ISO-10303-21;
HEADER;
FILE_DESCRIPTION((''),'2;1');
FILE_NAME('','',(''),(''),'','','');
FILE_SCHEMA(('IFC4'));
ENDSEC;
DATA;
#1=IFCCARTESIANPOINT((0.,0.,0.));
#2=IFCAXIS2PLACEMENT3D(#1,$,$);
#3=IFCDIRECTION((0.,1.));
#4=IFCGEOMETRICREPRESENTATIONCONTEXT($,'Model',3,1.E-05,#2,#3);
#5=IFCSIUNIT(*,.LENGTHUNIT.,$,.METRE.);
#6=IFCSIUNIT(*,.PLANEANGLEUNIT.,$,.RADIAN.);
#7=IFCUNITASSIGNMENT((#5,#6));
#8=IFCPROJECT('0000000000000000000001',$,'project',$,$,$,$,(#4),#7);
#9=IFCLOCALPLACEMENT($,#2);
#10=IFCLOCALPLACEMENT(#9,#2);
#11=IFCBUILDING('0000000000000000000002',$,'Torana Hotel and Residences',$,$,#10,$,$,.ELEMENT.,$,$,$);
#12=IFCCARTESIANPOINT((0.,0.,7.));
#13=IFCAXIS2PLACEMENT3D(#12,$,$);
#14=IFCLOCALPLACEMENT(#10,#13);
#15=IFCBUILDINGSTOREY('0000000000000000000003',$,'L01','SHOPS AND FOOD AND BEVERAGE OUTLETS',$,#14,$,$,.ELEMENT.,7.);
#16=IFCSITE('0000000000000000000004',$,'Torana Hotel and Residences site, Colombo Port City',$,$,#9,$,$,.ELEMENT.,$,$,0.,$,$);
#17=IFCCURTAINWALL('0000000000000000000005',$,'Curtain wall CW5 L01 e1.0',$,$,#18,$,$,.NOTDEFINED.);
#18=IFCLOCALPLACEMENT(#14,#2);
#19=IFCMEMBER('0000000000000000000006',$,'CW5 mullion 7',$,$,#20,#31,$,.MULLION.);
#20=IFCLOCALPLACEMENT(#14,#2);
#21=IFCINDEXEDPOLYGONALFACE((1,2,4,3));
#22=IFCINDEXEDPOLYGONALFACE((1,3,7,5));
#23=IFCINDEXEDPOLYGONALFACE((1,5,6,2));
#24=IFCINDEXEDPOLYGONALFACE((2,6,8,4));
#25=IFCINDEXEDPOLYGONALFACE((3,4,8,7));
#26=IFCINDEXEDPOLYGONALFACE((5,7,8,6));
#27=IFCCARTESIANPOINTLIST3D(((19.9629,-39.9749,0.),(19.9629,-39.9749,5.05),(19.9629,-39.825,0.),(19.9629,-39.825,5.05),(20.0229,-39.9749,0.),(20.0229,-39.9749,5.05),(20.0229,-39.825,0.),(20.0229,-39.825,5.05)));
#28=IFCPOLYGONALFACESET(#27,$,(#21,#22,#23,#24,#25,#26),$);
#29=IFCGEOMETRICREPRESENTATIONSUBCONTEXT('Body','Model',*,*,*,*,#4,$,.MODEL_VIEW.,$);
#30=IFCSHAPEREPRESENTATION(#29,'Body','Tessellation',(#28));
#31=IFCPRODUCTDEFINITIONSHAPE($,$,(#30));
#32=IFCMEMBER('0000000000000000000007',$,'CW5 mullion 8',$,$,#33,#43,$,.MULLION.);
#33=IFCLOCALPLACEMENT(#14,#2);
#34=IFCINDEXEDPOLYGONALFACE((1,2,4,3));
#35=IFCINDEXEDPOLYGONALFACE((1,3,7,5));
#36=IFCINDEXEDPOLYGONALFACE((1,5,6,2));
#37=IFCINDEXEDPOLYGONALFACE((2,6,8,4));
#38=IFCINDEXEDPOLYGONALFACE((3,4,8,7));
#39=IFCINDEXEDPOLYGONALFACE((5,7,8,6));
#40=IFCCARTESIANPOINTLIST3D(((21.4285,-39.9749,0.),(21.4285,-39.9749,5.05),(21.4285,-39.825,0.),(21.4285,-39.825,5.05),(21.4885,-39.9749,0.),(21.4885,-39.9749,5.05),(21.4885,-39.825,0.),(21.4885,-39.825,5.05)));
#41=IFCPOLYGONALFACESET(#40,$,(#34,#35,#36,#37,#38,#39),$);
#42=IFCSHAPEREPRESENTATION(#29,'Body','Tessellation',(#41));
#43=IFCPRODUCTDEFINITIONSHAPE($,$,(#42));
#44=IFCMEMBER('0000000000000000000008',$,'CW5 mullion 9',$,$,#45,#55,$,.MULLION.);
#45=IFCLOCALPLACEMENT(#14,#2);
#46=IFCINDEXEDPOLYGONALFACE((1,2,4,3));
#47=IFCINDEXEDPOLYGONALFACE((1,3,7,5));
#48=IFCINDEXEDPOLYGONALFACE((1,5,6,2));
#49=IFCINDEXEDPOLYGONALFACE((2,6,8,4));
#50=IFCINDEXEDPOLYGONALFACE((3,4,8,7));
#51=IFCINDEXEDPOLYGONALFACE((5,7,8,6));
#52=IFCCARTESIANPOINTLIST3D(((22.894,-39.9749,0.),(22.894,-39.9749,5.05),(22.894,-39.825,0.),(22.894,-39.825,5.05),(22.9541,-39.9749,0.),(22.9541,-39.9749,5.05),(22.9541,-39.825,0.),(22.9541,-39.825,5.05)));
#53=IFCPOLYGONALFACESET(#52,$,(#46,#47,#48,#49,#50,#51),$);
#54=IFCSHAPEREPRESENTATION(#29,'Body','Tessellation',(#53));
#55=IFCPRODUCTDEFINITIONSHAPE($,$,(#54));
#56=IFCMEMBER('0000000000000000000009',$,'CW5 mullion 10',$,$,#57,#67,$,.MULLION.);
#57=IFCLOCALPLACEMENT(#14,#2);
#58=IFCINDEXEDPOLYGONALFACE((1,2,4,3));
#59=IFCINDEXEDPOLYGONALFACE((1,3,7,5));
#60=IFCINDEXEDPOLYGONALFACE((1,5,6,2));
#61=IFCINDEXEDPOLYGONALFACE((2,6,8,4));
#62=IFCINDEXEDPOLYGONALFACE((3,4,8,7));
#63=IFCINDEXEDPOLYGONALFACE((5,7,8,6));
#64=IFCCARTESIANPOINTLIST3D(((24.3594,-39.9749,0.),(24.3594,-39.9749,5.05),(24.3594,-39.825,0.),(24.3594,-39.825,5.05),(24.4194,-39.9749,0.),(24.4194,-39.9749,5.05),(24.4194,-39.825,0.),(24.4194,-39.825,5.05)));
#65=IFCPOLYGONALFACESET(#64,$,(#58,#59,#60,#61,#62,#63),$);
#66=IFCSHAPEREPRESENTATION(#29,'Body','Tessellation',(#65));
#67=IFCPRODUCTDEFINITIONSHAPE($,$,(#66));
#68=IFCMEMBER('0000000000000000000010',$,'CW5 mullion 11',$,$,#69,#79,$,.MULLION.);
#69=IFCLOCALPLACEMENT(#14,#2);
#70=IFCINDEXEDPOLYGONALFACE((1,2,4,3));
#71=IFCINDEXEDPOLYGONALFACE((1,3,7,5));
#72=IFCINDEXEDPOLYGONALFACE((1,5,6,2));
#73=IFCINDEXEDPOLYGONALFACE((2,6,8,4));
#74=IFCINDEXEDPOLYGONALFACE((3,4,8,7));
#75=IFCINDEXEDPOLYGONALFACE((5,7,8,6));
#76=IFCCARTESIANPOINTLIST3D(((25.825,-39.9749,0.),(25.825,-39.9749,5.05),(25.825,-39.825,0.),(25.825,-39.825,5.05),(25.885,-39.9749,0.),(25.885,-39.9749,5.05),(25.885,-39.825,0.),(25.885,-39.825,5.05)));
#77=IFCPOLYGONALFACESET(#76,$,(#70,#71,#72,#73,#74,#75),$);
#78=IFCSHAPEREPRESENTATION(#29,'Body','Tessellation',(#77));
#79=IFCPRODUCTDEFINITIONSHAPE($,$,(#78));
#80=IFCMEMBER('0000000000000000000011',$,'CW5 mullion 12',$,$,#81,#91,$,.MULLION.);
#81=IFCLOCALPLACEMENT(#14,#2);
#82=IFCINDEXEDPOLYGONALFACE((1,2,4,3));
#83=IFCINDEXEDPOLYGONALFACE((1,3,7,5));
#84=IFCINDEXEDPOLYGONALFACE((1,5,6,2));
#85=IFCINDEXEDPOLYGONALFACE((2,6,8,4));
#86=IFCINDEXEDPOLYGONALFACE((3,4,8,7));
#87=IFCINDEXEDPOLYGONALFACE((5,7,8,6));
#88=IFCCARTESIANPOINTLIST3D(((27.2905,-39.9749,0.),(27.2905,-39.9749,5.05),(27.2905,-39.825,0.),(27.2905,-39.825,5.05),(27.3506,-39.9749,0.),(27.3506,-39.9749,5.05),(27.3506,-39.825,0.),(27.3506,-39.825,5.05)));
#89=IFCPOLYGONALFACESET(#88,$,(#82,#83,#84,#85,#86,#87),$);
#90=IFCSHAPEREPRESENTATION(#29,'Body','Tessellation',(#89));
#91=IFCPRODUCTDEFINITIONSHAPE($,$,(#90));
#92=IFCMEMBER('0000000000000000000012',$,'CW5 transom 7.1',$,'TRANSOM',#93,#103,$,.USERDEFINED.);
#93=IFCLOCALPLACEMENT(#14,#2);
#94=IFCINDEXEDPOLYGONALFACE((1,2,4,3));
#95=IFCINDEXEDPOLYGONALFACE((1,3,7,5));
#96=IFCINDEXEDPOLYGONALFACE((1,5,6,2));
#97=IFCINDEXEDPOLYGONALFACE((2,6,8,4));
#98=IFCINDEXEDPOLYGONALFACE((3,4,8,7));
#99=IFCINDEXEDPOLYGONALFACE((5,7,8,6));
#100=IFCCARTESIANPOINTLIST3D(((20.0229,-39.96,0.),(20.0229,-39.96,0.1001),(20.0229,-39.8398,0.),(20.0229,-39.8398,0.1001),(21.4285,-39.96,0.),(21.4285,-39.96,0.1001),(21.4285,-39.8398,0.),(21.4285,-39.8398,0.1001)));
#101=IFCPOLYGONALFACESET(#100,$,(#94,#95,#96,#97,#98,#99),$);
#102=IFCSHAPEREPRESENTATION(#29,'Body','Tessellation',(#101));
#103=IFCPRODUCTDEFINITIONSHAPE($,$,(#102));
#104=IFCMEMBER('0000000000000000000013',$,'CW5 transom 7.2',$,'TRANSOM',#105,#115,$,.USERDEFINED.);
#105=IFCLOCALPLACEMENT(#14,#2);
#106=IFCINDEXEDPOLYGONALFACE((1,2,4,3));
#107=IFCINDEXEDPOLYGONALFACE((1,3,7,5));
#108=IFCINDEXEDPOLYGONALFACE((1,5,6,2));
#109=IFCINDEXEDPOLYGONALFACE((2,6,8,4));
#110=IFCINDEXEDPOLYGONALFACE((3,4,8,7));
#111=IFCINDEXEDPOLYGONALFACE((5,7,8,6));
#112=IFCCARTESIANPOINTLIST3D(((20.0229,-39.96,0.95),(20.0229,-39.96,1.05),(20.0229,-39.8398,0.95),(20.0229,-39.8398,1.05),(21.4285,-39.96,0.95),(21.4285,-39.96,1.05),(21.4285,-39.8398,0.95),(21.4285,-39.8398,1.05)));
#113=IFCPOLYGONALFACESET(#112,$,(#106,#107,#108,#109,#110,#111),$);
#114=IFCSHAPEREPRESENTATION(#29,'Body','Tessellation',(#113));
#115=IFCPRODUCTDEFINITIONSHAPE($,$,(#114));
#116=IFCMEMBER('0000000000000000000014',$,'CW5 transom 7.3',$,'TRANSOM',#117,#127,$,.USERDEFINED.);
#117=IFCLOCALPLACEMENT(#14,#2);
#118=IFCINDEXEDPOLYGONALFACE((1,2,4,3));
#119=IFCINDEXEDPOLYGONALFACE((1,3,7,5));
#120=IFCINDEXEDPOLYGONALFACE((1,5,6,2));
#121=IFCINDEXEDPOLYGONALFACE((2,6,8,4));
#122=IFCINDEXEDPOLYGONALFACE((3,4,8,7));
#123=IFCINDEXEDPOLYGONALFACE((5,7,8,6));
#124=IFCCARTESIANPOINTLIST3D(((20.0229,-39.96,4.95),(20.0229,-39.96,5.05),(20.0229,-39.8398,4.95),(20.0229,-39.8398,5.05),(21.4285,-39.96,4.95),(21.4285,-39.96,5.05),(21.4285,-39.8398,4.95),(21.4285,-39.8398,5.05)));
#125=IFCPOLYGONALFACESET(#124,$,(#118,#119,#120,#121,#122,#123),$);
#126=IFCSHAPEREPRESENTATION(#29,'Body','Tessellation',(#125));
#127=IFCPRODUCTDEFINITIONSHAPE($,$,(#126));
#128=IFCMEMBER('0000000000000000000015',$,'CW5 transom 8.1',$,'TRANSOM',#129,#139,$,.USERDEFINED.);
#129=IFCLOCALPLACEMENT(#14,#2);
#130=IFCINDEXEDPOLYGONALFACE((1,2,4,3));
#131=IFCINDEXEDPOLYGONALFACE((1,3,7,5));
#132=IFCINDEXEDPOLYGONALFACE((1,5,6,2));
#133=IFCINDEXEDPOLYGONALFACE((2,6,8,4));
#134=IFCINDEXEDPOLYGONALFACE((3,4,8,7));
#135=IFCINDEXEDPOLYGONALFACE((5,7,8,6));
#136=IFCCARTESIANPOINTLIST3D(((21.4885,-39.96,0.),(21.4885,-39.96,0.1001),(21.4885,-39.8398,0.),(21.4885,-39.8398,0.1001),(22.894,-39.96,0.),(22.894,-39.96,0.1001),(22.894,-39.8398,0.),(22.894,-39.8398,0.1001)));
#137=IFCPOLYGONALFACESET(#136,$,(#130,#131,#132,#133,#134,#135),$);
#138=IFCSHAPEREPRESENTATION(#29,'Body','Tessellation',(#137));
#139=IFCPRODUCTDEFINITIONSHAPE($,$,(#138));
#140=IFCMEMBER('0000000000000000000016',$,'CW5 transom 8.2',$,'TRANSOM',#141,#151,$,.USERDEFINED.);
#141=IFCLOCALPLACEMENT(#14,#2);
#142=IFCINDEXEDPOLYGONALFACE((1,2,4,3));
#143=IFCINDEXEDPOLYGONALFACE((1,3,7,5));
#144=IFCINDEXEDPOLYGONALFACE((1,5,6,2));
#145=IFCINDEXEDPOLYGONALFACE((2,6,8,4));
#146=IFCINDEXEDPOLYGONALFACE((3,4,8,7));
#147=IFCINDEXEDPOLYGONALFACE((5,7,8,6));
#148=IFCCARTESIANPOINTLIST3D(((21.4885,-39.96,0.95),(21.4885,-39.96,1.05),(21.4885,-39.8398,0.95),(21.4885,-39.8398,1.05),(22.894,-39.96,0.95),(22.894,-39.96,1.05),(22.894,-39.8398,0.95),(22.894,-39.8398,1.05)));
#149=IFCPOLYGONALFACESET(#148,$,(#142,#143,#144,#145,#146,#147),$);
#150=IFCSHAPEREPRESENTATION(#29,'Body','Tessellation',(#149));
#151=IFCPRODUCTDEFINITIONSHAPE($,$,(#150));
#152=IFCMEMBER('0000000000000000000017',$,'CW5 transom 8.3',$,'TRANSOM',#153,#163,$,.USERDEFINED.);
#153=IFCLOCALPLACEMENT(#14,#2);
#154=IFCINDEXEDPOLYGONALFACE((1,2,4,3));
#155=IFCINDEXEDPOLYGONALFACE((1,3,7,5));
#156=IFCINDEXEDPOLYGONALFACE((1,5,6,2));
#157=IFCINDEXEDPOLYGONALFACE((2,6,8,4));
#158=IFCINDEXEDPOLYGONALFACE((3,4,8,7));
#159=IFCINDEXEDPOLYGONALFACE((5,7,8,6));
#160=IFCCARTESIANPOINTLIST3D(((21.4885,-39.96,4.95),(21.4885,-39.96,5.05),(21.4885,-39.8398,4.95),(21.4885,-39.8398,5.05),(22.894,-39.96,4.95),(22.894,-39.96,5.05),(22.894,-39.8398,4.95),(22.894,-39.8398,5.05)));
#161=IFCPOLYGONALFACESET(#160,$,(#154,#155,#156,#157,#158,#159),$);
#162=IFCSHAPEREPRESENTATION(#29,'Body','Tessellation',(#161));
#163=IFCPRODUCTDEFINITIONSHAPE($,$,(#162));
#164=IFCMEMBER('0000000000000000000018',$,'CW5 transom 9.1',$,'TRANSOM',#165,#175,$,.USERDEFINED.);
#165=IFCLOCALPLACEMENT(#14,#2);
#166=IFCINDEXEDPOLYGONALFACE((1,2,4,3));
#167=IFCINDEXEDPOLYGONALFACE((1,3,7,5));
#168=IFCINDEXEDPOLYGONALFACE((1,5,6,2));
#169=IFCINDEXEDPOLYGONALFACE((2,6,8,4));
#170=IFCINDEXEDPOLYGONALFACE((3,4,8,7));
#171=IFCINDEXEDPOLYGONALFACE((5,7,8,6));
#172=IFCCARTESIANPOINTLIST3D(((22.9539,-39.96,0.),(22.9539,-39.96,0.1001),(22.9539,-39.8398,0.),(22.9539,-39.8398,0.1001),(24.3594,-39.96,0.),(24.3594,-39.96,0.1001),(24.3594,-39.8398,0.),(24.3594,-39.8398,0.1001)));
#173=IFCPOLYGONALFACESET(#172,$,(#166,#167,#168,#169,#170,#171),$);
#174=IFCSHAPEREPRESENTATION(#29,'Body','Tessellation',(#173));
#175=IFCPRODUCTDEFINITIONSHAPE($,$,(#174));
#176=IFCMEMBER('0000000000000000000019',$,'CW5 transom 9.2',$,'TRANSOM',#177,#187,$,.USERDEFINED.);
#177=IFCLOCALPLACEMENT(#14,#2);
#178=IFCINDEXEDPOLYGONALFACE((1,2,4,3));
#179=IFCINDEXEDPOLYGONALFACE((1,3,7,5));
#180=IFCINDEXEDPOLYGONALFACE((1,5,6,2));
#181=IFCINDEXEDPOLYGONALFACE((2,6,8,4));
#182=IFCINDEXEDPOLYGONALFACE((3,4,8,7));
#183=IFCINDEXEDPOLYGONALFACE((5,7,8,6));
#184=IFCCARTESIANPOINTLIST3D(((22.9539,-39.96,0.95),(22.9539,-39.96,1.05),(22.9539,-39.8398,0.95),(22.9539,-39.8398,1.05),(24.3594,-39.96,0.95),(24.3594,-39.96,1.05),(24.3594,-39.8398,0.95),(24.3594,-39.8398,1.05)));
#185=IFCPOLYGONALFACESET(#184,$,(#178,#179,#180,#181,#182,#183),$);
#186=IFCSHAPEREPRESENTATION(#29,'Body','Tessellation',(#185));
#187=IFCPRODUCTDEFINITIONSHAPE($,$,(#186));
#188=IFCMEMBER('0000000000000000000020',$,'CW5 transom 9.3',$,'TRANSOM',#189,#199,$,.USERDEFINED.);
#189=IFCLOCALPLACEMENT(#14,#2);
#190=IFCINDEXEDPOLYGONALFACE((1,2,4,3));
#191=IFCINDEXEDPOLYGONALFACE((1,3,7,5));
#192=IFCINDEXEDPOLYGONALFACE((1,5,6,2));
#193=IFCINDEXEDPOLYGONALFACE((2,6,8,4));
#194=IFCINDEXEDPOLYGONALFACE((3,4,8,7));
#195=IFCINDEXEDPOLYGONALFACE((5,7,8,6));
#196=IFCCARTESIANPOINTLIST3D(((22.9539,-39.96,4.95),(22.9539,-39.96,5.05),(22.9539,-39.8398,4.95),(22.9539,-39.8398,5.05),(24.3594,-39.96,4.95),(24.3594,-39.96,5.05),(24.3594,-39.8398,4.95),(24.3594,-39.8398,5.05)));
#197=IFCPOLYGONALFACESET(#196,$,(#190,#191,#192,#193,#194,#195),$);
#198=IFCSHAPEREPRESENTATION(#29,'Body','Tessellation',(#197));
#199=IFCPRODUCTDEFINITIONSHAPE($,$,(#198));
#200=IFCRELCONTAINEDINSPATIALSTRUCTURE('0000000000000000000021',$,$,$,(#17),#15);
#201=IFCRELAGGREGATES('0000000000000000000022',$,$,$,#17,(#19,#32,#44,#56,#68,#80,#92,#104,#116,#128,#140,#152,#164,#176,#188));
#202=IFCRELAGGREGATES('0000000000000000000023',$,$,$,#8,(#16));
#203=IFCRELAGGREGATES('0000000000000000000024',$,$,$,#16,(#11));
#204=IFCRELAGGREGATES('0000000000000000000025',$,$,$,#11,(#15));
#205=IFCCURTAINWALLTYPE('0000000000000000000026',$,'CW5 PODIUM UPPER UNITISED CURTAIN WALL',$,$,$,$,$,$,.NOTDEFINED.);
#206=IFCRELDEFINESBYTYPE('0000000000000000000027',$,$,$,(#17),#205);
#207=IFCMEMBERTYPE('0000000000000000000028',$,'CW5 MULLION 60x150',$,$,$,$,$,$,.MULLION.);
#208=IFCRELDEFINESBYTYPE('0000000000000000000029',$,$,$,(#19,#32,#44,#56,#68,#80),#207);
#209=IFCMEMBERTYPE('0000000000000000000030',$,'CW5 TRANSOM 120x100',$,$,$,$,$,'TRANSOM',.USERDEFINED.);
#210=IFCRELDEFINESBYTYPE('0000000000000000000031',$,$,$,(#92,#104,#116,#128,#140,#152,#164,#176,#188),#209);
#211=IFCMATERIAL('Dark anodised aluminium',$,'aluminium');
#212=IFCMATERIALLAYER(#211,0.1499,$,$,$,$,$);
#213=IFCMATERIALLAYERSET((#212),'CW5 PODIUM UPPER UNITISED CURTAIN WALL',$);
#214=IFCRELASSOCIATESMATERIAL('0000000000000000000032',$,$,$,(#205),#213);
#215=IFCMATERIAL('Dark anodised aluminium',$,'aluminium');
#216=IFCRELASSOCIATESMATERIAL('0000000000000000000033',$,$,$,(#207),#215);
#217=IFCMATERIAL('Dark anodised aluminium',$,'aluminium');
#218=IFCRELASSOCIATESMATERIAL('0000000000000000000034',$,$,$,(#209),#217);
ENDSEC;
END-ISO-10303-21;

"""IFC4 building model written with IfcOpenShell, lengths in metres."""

from ifc_helpers import new_model, si_unit, direction, frame, origin, origin_2d, place, context, subcontext, project, spatial, rectangle, extrude, material, layer, layer_set, material_profile, profile_set, type_object, element, aggregate, save


model = new_model("IFC4")

# Units and contexts
model_context = context("Model", 3, precision=1e-05, world=origin(), true_north=direction((0.0, 1.0)))
body_context = subcontext(model_context, "Body", "Model", "MODEL_VIEW")
ifc_project = project(units=[si_unit("LENGTHUNIT", "METRE"), si_unit("PLANEANGLEUNIT", "RADIAN")], contexts=[model_context])

# Site, building, storey
site_placement = place(None, origin())
site = spatial("IfcSite", under=ifc_project, at=site_placement, Name="Torana Hotel and Residences site, Colombo Port City", CompositionType="ELEMENT", RefElevation=0.0)
building_placement = place(site_placement, origin())
building = spatial("IfcBuilding", under=site, at=building_placement, Name="Torana Hotel and Residences", CompositionType="ELEMENT")
storey_placement = place(building_placement, frame((0.0, 0.0, 7.0)))
storey = spatial("IfcBuildingStorey", under=building, at=storey_placement, Name="L01", Description="SHOPS AND FOOD AND BEVERAGE OUTLETS", CompositionType="ELEMENT", Elevation=7.0)

# Curtain wall, members
ifc_material_1 = material(Name="Dark anodised aluminium", Category="aluminium")
ifc_layer_1 = layer(ifc_material_1, 0.1499)
ifc_layer_set_1 = layer_set([ifc_layer_1], Name="CW5 PODIUM UPPER UNITISED CURTAIN WALL")
curtain_wall_type = type_object("IfcCurtainWallType", Name="CW5 PODIUM UPPER UNITISED CURTAIN WALL", PredefinedType="NOTDEFINED", material=ifc_layer_set_1)
curtain_wall_placement = place(storey_placement, origin())
curtain_wall = element("IfcCurtainWall", 1, at=curtain_wall_placement, inside=storey, type_object=curtain_wall_type, Name="Curtain wall CW5 L01 e1.0", PredefinedType="NOTDEFINED")
ifc_material_2 = material(Name="Dark anodised aluminium", Category="aluminium")
ifc_material_profile_1 = material_profile(ifc_material_2, rectangle(XDim=0.1499, YDim=0.0601, at=origin_2d()), Name="CW5 MULLION 60x150")
ifc_profile_set_1 = profile_set([ifc_material_profile_1], Name="Dark anodised aluminium")
member_type_1 = type_object("IfcMemberType", Name="CW5 MULLION 60x150", PredefinedType="MULLION", material=ifc_profile_set_1)
member_1_placement = place(storey_placement, frame((19.9929, -39.8999, 0.0), z_axis=(0.0, 0.0, 1.0), x_axis=(0.0, 1.0, 0.0)))
member_1 = element("IfcMember", 2, at=member_1_placement, type_object=member_type_1, Name="CW5 mullion 7", PredefinedType="MULLION", context=body_context, shape_type="SweptSolid", body=[
    extrude(rectangle(XDim=0.1499, YDim=0.0601, at=origin_2d()), origin(), (0.0, 0.0, 1.0), 5.05),
])
member_2_placement = place(storey_placement, frame((21.4585, -39.8999, 0.0), z_axis=(0.0, 0.0, 1.0), x_axis=(0.0, 1.0, 0.0)))
member_2 = element("IfcMember", 3, at=member_2_placement, type_object=member_type_1, Name="CW5 mullion 8", PredefinedType="MULLION", context=body_context, shape_type="SweptSolid", body=[
    extrude(rectangle(XDim=0.1499, YDim=0.0601, at=origin_2d()), origin(), (0.0, 0.0, 1.0), 5.05),
])
member_3_placement = place(storey_placement, frame((22.9241, -39.8999, 0.0), z_axis=(0.0, 0.0, 1.0), x_axis=(0.0, 1.0, 0.0)))
member_3 = element("IfcMember", 4, at=member_3_placement, type_object=member_type_1, Name="CW5 mullion 9", PredefinedType="MULLION", context=body_context, shape_type="SweptSolid", body=[
    extrude(rectangle(XDim=0.1499, YDim=0.0601, at=origin_2d()), origin(), (0.0, 0.0, 1.0), 5.05),
])
member_4_placement = place(storey_placement, frame((24.3894, -39.8999, 0.0), z_axis=(0.0, 0.0, 1.0), x_axis=(0.0, 1.0, 0.0)))
member_4 = element("IfcMember", 5, at=member_4_placement, type_object=member_type_1, Name="CW5 mullion 10", PredefinedType="MULLION", context=body_context, shape_type="SweptSolid", body=[
    extrude(rectangle(XDim=0.1499, YDim=0.0601, at=origin_2d()), origin(), (0.0, 0.0, 1.0), 5.05),
])
member_5_placement = place(storey_placement, frame((25.855, -39.8999, 0.0), z_axis=(0.0, 0.0, 1.0), x_axis=(0.0, 1.0, 0.0)))
member_5 = element("IfcMember", 6, at=member_5_placement, type_object=member_type_1, Name="CW5 mullion 11", PredefinedType="MULLION", context=body_context, shape_type="SweptSolid", body=[
    extrude(rectangle(XDim=0.1499, YDim=0.0601, at=origin_2d()), origin(), (0.0, 0.0, 1.0), 5.05),
])
member_6_placement = place(storey_placement, frame((27.3206, -39.8999, 0.0), z_axis=(0.0, 0.0, 1.0), x_axis=(0.0, 1.0, 0.0)))
member_6 = element("IfcMember", 7, at=member_6_placement, type_object=member_type_1, Name="CW5 mullion 12", PredefinedType="MULLION", context=body_context, shape_type="SweptSolid", body=[
    extrude(rectangle(XDim=0.1499, YDim=0.0601, at=origin_2d()), origin(), (0.0, 0.0, 1.0), 5.05),
])
ifc_material_3 = material(Name="Dark anodised aluminium", Category="aluminium")
ifc_material_profile_2 = material_profile(ifc_material_3, rectangle(XDim=0.1201, YDim=0.1001, at=origin_2d()), Name="CW5 TRANSOM 120x100")
ifc_profile_set_2 = profile_set([ifc_material_profile_2], Name="Dark anodised aluminium")
member_type_2 = type_object("IfcMemberType", Name="CW5 TRANSOM 120x100", ElementType="TRANSOM", PredefinedType="USERDEFINED", material=ifc_profile_set_2)
member_7_placement = place(storey_placement, frame((20.0229, -39.8999, 0.05), z_axis=(1.0, 0.0, 0.0), x_axis=(0.0, 1.0, 0.0)))
member_7 = element("IfcMember", 8, at=member_7_placement, type_object=member_type_2, Name="CW5 transom 7.1", ObjectType="TRANSOM", PredefinedType="USERDEFINED", context=body_context, shape_type="SweptSolid", body=[
    extrude(rectangle(XDim=0.1201, YDim=0.1001, at=origin_2d()), origin(), (0.0, 0.0, 1.0), 1.4055),
])
member_8_placement = place(storey_placement, frame((20.0229, -39.8999, 1.0), z_axis=(1.0, 0.0, 0.0), x_axis=(0.0, 1.0, 0.0)))
member_8 = element("IfcMember", 9, at=member_8_placement, type_object=member_type_2, Name="CW5 transom 7.2", ObjectType="TRANSOM", PredefinedType="USERDEFINED", context=body_context, shape_type="SweptSolid", body=[
    extrude(rectangle(XDim=0.1201, YDim=0.1001, at=origin_2d()), origin(), (0.0, 0.0, 1.0), 1.4055),
])
member_9_placement = place(storey_placement, frame((20.0229, -39.8999, 5.0), z_axis=(1.0, 0.0, 0.0), x_axis=(0.0, 1.0, 0.0)))
member_9 = element("IfcMember", 10, at=member_9_placement, type_object=member_type_2, Name="CW5 transom 7.3", ObjectType="TRANSOM", PredefinedType="USERDEFINED", context=body_context, shape_type="SweptSolid", body=[
    extrude(rectangle(XDim=0.1201, YDim=0.1001, at=origin_2d()), origin(), (0.0, 0.0, 1.0), 1.4055),
])
member_10_placement = place(storey_placement, frame((21.4885, -39.8999, 0.05), z_axis=(1.0, 0.0, 0.0), x_axis=(0.0, 1.0, 0.0)))
member_10 = element("IfcMember", 11, at=member_10_placement, type_object=member_type_2, Name="CW5 transom 8.1", ObjectType="TRANSOM", PredefinedType="USERDEFINED", context=body_context, shape_type="SweptSolid", body=[
    extrude(rectangle(XDim=0.1201, YDim=0.1001, at=origin_2d()), origin(), (0.0, 0.0, 1.0), 1.4055),
])
member_11_placement = place(storey_placement, frame((21.4885, -39.8999, 1.0), z_axis=(1.0, 0.0, 0.0), x_axis=(0.0, 1.0, 0.0)))
member_11 = element("IfcMember", 12, at=member_11_placement, type_object=member_type_2, Name="CW5 transom 8.2", ObjectType="TRANSOM", PredefinedType="USERDEFINED", context=body_context, shape_type="SweptSolid", body=[
    extrude(rectangle(XDim=0.1201, YDim=0.1001, at=origin_2d()), origin(), (0.0, 0.0, 1.0), 1.4055),
])
member_12_placement = place(storey_placement, frame((21.4885, -39.8999, 5.0), z_axis=(1.0, 0.0, 0.0), x_axis=(0.0, 1.0, 0.0)))
member_12 = element("IfcMember", 13, at=member_12_placement, type_object=member_type_2, Name="CW5 transom 8.3", ObjectType="TRANSOM", PredefinedType="USERDEFINED", context=body_context, shape_type="SweptSolid", body=[
    extrude(rectangle(XDim=0.1201, YDim=0.1001, at=origin_2d()), origin(), (0.0, 0.0, 1.0), 1.4055),
])
member_13_placement = place(storey_placement, frame((22.9539, -39.8999, 0.05), z_axis=(1.0, 0.0, 0.0), x_axis=(0.0, 1.0, 0.0)))
member_13 = element("IfcMember", 14, at=member_13_placement, type_object=member_type_2, Name="CW5 transom 9.1", ObjectType="TRANSOM", PredefinedType="USERDEFINED", context=body_context, shape_type="SweptSolid", body=[
    extrude(rectangle(XDim=0.1201, YDim=0.1001, at=origin_2d()), origin(), (0.0, 0.0, 1.0), 1.4055),
])
member_14_placement = place(storey_placement, frame((22.9539, -39.8999, 1.0), z_axis=(1.0, 0.0, 0.0), x_axis=(0.0, 1.0, 0.0)))
member_14 = element("IfcMember", 15, at=member_14_placement, type_object=member_type_2, Name="CW5 transom 9.2", ObjectType="TRANSOM", PredefinedType="USERDEFINED", context=body_context, shape_type="SweptSolid", body=[
    extrude(rectangle(XDim=0.1201, YDim=0.1001, at=origin_2d()), origin(), (0.0, 0.0, 1.0), 1.4055),
])
member_15_placement = place(storey_placement, frame((22.9539, -39.8999, 5.0), z_axis=(1.0, 0.0, 0.0), x_axis=(0.0, 1.0, 0.0)))
member_15 = element("IfcMember", 16, at=member_15_placement, type_object=member_type_2, Name="CW5 transom 9.3", ObjectType="TRANSOM", PredefinedType="USERDEFINED", context=body_context, shape_type="SweptSolid", body=[
    extrude(rectangle(XDim=0.1201, YDim=0.1001, at=origin_2d()), origin(), (0.0, 0.0, 1.0), 1.4055),
])
aggregate(curtain_wall, [member_1, member_2, member_3, member_4, member_5, member_6, member_7, member_8, member_9, member_10, member_11, member_12, member_13, member_14, member_15])

save(model, "model.ifc")
